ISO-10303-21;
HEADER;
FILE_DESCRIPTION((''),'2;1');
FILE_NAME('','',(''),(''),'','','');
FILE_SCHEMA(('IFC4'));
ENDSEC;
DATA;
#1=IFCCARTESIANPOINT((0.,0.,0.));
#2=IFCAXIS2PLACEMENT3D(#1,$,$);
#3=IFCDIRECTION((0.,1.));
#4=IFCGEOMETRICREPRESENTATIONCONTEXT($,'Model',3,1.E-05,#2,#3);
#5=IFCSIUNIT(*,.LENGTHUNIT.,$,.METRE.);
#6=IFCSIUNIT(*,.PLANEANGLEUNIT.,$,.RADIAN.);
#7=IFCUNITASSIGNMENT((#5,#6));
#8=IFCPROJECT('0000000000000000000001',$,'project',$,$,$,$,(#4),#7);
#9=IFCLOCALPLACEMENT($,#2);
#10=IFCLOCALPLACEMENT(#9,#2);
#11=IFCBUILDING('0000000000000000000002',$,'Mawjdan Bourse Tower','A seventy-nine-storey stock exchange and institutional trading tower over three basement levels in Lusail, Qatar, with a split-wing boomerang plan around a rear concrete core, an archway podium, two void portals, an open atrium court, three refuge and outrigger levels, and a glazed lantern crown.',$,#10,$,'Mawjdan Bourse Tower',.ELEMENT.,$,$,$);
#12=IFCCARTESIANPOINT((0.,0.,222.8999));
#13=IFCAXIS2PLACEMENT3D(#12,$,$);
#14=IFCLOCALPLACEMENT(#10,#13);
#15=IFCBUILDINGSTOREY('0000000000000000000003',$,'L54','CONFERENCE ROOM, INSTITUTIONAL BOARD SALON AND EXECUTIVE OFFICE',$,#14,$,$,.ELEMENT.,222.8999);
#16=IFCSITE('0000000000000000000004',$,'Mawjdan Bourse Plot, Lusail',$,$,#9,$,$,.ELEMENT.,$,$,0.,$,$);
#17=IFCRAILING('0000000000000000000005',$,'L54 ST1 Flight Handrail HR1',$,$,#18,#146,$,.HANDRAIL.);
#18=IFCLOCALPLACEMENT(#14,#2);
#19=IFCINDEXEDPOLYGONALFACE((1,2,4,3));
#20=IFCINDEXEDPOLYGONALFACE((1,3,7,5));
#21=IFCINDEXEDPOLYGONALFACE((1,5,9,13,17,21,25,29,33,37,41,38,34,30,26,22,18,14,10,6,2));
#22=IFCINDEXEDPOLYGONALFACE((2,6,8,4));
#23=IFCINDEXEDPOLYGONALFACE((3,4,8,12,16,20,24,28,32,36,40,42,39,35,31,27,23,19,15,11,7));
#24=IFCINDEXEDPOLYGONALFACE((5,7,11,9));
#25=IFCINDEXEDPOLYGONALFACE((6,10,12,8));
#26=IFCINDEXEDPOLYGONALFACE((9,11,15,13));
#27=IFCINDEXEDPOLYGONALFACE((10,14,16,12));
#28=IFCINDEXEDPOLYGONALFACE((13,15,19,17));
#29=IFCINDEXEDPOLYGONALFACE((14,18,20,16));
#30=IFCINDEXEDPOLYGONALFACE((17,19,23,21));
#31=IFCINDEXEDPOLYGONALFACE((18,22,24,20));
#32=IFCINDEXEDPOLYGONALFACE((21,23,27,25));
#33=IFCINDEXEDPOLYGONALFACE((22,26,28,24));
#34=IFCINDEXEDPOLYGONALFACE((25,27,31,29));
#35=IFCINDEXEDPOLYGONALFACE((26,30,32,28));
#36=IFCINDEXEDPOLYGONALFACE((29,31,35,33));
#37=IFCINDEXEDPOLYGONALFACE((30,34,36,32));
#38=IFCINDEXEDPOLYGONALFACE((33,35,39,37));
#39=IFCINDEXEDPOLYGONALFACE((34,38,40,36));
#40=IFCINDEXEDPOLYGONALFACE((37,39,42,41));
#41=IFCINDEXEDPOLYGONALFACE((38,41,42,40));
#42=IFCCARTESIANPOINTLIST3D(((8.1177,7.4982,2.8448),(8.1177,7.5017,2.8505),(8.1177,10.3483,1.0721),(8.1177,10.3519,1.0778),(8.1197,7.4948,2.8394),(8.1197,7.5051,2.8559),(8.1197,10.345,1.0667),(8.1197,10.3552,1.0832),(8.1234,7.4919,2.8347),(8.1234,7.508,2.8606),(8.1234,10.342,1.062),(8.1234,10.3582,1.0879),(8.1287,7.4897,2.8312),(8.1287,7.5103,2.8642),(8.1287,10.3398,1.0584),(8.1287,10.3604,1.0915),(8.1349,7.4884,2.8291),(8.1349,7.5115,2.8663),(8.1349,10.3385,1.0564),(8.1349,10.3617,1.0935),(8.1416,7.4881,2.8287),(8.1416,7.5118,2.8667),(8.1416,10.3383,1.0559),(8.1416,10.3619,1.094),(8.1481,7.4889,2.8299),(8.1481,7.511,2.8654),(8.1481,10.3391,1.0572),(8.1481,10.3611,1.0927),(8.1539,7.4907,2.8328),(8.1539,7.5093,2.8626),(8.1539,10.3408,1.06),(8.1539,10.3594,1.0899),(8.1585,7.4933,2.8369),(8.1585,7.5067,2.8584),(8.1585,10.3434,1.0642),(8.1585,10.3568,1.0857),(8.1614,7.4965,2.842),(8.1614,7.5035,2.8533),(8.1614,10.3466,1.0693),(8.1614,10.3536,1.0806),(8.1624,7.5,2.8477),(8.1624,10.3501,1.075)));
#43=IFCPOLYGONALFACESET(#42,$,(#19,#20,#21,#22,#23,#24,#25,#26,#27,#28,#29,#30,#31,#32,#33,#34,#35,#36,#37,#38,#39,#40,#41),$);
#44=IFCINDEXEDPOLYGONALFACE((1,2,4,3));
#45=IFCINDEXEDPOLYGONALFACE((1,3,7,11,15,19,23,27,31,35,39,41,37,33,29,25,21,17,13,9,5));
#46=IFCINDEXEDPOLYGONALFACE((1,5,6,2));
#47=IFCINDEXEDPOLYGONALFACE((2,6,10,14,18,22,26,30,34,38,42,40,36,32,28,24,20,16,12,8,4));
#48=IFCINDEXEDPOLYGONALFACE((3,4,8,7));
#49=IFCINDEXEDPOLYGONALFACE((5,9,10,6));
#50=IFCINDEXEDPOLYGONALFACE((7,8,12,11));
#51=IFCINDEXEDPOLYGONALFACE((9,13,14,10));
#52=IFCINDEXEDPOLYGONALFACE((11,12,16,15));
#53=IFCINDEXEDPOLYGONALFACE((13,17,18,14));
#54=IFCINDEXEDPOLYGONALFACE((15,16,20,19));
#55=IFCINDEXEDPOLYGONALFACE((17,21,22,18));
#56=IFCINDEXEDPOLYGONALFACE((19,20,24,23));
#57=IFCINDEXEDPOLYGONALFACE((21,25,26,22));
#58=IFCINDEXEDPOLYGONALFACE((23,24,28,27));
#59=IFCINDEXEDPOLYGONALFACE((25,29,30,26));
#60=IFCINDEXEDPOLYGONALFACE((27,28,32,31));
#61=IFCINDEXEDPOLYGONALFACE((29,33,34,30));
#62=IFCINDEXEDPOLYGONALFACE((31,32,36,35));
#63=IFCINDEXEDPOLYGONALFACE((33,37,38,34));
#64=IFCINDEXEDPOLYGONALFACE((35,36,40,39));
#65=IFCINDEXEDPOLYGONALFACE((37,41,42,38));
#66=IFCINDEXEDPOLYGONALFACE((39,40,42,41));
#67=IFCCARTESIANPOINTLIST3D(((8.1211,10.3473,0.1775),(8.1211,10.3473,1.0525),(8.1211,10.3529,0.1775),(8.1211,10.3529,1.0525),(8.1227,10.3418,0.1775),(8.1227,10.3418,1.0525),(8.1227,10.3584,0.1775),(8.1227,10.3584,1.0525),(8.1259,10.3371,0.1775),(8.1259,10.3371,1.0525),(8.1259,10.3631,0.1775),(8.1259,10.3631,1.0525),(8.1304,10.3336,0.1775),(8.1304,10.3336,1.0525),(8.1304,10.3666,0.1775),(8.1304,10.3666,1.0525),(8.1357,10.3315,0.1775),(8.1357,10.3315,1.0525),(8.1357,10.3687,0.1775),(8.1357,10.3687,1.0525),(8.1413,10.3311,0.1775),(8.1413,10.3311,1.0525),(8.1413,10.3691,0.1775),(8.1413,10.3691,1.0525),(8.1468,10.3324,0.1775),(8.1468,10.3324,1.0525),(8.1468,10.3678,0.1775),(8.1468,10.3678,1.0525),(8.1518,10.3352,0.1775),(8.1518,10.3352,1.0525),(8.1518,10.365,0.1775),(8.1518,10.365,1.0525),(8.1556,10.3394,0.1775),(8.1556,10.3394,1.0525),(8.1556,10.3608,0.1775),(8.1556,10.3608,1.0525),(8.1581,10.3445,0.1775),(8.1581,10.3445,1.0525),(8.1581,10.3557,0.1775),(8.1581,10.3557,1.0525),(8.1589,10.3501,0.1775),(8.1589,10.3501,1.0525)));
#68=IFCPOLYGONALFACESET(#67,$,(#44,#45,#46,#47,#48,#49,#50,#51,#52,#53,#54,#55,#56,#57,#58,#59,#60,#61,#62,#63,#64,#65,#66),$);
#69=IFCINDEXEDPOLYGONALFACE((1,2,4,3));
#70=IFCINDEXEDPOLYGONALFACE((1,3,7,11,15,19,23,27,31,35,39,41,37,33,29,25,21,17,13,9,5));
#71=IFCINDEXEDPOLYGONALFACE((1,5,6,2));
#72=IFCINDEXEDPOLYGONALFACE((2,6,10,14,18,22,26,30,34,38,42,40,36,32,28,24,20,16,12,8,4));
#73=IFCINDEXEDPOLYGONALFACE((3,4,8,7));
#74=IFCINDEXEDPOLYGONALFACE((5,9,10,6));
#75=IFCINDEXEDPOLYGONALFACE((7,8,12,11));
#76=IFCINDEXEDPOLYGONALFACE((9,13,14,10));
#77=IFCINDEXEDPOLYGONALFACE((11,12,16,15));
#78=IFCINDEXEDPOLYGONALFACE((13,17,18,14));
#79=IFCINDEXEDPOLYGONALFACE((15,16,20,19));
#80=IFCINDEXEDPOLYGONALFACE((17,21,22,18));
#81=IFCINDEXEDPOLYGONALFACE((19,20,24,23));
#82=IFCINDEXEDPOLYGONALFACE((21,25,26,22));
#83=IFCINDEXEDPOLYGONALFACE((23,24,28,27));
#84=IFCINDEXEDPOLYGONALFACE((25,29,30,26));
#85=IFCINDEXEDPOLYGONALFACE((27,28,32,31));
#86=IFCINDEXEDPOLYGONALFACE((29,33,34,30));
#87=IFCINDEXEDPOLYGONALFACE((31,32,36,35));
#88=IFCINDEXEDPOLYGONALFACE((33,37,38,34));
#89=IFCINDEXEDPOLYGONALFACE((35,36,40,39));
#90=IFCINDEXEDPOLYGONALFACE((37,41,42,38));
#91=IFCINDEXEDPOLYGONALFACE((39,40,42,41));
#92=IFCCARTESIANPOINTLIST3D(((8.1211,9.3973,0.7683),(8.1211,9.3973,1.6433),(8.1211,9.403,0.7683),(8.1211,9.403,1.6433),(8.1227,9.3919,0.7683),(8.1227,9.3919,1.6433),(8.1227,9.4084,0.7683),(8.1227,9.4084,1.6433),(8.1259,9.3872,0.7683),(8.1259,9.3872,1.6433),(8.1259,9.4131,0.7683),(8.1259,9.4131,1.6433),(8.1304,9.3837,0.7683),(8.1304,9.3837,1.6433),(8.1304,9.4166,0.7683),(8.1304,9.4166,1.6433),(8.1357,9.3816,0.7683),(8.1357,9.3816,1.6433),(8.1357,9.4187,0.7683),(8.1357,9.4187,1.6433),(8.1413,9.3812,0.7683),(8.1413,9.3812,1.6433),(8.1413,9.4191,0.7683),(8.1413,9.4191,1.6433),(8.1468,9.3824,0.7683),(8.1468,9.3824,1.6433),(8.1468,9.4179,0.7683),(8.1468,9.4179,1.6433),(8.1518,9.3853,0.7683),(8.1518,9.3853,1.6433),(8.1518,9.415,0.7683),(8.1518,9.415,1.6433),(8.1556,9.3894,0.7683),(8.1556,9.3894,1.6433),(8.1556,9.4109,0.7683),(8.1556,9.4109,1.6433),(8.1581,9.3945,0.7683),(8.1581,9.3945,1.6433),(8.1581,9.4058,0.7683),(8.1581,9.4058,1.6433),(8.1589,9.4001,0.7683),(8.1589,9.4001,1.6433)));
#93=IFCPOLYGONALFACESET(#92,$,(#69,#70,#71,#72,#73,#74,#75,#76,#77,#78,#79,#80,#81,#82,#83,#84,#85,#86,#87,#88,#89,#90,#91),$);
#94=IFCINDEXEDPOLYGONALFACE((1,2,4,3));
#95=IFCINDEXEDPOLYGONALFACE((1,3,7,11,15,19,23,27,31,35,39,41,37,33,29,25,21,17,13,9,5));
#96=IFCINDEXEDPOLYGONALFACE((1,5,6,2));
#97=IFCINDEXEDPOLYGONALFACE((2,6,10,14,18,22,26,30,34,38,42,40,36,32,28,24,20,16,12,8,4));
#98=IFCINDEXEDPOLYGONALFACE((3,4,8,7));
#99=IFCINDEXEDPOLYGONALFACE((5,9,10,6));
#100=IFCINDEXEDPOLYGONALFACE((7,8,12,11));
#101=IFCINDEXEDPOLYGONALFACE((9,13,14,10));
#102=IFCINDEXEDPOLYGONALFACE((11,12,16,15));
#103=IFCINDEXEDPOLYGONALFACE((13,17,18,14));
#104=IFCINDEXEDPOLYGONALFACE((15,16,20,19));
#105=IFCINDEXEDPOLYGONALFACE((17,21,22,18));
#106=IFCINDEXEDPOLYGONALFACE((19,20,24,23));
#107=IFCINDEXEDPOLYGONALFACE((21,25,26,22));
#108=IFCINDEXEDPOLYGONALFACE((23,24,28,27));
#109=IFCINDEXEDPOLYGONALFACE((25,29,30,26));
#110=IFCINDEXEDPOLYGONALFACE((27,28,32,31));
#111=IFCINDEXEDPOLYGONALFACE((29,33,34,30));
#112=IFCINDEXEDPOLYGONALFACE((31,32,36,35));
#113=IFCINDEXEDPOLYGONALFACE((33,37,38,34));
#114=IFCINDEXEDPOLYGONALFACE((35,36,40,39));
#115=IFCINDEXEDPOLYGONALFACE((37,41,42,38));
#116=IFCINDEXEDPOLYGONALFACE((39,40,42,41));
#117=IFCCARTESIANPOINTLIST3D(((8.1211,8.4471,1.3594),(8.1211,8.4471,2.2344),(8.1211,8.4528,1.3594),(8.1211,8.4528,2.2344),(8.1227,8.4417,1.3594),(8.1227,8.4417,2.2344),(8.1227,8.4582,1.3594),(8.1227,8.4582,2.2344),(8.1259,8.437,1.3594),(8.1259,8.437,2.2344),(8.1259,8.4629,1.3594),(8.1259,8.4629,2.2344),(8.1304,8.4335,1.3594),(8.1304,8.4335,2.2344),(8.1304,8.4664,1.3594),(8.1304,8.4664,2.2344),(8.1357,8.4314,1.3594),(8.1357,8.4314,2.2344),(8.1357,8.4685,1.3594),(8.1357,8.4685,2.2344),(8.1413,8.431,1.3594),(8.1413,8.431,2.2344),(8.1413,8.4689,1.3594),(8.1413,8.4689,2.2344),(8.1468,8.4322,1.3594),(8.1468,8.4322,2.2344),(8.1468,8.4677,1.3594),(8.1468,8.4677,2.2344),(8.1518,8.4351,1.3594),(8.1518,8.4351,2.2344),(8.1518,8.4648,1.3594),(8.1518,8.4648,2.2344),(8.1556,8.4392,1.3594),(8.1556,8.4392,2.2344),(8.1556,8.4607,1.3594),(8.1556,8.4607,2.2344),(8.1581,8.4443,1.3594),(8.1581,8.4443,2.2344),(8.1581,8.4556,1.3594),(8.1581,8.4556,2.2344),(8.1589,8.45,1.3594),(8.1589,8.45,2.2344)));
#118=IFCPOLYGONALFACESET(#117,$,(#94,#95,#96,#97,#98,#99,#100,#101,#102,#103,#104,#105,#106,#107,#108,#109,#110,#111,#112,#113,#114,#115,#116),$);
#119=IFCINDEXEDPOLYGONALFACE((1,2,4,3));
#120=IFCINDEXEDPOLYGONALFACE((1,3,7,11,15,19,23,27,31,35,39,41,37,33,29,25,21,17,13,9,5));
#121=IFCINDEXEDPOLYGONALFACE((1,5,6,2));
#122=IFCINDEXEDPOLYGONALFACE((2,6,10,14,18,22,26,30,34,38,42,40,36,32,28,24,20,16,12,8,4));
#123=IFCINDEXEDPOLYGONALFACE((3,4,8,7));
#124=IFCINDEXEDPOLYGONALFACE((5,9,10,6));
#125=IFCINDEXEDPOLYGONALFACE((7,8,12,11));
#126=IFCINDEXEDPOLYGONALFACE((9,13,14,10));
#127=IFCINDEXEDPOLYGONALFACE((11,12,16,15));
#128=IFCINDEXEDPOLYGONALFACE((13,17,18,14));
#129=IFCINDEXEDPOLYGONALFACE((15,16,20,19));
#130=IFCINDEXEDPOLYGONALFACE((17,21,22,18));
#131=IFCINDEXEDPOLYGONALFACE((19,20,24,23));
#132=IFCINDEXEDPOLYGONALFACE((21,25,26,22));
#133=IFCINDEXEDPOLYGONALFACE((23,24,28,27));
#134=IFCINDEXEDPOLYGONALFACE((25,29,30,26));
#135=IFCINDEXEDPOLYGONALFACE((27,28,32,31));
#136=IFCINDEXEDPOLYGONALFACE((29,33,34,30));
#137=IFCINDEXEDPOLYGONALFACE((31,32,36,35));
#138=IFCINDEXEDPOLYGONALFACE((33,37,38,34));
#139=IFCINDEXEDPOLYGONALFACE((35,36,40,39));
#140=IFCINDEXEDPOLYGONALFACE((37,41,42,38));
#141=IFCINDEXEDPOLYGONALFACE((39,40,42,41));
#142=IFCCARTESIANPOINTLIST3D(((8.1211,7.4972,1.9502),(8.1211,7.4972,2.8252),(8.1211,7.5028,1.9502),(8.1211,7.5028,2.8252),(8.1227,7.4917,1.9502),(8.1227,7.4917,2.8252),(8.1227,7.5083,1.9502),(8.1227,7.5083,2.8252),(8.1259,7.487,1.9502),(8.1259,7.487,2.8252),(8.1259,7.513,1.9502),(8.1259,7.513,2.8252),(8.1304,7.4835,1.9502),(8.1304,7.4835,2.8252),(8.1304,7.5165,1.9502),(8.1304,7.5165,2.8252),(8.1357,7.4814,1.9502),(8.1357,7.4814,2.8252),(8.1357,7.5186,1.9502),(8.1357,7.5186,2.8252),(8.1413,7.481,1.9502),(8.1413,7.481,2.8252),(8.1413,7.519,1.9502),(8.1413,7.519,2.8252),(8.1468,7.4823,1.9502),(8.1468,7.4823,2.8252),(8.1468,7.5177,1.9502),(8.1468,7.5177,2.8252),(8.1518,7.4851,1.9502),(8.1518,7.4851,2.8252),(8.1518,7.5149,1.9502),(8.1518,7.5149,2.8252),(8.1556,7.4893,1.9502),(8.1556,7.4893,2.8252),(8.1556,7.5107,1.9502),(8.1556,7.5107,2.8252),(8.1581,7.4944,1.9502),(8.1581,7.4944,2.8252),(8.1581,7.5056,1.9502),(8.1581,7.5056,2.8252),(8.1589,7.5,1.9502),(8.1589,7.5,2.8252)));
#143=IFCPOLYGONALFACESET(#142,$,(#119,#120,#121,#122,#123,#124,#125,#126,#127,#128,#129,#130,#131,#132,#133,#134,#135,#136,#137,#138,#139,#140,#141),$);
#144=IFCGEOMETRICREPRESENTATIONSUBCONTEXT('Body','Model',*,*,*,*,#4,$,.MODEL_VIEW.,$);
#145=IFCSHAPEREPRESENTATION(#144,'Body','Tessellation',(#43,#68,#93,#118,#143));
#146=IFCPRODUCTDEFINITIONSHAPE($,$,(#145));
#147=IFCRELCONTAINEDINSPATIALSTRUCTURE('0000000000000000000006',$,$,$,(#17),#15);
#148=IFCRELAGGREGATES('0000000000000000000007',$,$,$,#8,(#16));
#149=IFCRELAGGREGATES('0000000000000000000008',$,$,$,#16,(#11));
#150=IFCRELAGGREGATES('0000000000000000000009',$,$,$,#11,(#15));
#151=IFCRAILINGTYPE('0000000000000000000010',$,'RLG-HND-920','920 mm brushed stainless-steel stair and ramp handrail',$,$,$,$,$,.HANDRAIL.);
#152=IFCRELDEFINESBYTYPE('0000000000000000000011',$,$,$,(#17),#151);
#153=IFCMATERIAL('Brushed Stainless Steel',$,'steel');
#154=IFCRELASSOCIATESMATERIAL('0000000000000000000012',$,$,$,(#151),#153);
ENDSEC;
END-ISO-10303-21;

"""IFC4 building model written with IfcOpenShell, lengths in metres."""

from ifc_helpers import new_model, si_unit, direction, frame, origin, origin_2d, place, context, subcontext, project, spatial, circle, extrude, material, type_object, element, save


model = new_model("IFC4")

# Units and contexts
model_context = context("Model", 3, precision=1e-05, world=origin(), true_north=direction((0.0, 1.0)))
body_context = subcontext(model_context, "Body", "Model", "MODEL_VIEW")
ifc_project = project(units=[si_unit("LENGTHUNIT", "METRE"), si_unit("PLANEANGLEUNIT", "RADIAN")], contexts=[model_context])

# Site, building, storey
site_placement = place(None, origin())
site = spatial("IfcSite", under=ifc_project, at=site_placement, Name="Mawjdan Bourse Plot, Lusail", CompositionType="ELEMENT", RefElevation=0.0)
building_placement = place(site_placement, origin())
building = spatial("IfcBuilding", under=site, at=building_placement, Name="Mawjdan Bourse Tower", Description="A seventy-nine-storey stock exchange and institutional trading tower over three basement levels in Lusail, Qatar, with a split-wing boomerang plan around a rear concrete core, an archway podium, two void portals, an open atrium court, three refuge and outrigger levels, and a glazed lantern crown.", LongName="Mawjdan Bourse Tower", CompositionType="ELEMENT")
storey_placement = place(building_placement, frame((0.0, 0.0, 222.8999)))
storey = spatial("IfcBuildingStorey", under=building, at=storey_placement, Name="L54", Description="CONFERENCE ROOM, INSTITUTIONAL BOARD SALON AND EXECUTIVE OFFICE", CompositionType="ELEMENT", Elevation=222.8999)

# Railing
ifc_material_1 = material(Name="Brushed Stainless Steel", Category="steel")
railing_type_1 = type_object("IfcRailingType", Name="RLG-HND-920", Description="920 mm brushed stainless-steel stair and ramp handrail", PredefinedType="HANDRAIL", material=ifc_material_1)
railing_placement = place(storey_placement, frame((8.1399, 10.3501, 0.1775)))
element("IfcRailing", 1, at=railing_placement, inside=storey, type_object=railing_type_1, Name="L54 ST1 Flight Handrail HR1", PredefinedType="HANDRAIL", context=body_context, shape_type="SweptSolid", body=[
    extrude(circle(Radius=0.0225, at=origin_2d()), frame((0.0, 0.0, 0.8975), z_axis=(0.0, -0.849149, 0.528154), x_axis=(1.0, 0.0, 0.0)), (0.0, 0.0, 1.0), 3.3564),
    extrude(circle(Radius=0.019, at=origin_2d()), origin(), (0.0, 0.0, 1.0), 0.875),
    extrude(circle(Radius=0.019, at=origin_2d()), frame((0.0, -0.95, 0.5908)), (0.0, 0.0, 1.0), 0.875),
    extrude(circle(Radius=0.019, at=origin_2d()), frame((0.0, -1.9001, 1.1819)), (0.0, 0.0, 1.0), 0.875),
    extrude(circle(Radius=0.019, at=origin_2d()), frame((0.0, -2.8501, 1.7727)), (0.0, 0.0, 1.0), 0.875),
])

save(model, "model.ifc")
